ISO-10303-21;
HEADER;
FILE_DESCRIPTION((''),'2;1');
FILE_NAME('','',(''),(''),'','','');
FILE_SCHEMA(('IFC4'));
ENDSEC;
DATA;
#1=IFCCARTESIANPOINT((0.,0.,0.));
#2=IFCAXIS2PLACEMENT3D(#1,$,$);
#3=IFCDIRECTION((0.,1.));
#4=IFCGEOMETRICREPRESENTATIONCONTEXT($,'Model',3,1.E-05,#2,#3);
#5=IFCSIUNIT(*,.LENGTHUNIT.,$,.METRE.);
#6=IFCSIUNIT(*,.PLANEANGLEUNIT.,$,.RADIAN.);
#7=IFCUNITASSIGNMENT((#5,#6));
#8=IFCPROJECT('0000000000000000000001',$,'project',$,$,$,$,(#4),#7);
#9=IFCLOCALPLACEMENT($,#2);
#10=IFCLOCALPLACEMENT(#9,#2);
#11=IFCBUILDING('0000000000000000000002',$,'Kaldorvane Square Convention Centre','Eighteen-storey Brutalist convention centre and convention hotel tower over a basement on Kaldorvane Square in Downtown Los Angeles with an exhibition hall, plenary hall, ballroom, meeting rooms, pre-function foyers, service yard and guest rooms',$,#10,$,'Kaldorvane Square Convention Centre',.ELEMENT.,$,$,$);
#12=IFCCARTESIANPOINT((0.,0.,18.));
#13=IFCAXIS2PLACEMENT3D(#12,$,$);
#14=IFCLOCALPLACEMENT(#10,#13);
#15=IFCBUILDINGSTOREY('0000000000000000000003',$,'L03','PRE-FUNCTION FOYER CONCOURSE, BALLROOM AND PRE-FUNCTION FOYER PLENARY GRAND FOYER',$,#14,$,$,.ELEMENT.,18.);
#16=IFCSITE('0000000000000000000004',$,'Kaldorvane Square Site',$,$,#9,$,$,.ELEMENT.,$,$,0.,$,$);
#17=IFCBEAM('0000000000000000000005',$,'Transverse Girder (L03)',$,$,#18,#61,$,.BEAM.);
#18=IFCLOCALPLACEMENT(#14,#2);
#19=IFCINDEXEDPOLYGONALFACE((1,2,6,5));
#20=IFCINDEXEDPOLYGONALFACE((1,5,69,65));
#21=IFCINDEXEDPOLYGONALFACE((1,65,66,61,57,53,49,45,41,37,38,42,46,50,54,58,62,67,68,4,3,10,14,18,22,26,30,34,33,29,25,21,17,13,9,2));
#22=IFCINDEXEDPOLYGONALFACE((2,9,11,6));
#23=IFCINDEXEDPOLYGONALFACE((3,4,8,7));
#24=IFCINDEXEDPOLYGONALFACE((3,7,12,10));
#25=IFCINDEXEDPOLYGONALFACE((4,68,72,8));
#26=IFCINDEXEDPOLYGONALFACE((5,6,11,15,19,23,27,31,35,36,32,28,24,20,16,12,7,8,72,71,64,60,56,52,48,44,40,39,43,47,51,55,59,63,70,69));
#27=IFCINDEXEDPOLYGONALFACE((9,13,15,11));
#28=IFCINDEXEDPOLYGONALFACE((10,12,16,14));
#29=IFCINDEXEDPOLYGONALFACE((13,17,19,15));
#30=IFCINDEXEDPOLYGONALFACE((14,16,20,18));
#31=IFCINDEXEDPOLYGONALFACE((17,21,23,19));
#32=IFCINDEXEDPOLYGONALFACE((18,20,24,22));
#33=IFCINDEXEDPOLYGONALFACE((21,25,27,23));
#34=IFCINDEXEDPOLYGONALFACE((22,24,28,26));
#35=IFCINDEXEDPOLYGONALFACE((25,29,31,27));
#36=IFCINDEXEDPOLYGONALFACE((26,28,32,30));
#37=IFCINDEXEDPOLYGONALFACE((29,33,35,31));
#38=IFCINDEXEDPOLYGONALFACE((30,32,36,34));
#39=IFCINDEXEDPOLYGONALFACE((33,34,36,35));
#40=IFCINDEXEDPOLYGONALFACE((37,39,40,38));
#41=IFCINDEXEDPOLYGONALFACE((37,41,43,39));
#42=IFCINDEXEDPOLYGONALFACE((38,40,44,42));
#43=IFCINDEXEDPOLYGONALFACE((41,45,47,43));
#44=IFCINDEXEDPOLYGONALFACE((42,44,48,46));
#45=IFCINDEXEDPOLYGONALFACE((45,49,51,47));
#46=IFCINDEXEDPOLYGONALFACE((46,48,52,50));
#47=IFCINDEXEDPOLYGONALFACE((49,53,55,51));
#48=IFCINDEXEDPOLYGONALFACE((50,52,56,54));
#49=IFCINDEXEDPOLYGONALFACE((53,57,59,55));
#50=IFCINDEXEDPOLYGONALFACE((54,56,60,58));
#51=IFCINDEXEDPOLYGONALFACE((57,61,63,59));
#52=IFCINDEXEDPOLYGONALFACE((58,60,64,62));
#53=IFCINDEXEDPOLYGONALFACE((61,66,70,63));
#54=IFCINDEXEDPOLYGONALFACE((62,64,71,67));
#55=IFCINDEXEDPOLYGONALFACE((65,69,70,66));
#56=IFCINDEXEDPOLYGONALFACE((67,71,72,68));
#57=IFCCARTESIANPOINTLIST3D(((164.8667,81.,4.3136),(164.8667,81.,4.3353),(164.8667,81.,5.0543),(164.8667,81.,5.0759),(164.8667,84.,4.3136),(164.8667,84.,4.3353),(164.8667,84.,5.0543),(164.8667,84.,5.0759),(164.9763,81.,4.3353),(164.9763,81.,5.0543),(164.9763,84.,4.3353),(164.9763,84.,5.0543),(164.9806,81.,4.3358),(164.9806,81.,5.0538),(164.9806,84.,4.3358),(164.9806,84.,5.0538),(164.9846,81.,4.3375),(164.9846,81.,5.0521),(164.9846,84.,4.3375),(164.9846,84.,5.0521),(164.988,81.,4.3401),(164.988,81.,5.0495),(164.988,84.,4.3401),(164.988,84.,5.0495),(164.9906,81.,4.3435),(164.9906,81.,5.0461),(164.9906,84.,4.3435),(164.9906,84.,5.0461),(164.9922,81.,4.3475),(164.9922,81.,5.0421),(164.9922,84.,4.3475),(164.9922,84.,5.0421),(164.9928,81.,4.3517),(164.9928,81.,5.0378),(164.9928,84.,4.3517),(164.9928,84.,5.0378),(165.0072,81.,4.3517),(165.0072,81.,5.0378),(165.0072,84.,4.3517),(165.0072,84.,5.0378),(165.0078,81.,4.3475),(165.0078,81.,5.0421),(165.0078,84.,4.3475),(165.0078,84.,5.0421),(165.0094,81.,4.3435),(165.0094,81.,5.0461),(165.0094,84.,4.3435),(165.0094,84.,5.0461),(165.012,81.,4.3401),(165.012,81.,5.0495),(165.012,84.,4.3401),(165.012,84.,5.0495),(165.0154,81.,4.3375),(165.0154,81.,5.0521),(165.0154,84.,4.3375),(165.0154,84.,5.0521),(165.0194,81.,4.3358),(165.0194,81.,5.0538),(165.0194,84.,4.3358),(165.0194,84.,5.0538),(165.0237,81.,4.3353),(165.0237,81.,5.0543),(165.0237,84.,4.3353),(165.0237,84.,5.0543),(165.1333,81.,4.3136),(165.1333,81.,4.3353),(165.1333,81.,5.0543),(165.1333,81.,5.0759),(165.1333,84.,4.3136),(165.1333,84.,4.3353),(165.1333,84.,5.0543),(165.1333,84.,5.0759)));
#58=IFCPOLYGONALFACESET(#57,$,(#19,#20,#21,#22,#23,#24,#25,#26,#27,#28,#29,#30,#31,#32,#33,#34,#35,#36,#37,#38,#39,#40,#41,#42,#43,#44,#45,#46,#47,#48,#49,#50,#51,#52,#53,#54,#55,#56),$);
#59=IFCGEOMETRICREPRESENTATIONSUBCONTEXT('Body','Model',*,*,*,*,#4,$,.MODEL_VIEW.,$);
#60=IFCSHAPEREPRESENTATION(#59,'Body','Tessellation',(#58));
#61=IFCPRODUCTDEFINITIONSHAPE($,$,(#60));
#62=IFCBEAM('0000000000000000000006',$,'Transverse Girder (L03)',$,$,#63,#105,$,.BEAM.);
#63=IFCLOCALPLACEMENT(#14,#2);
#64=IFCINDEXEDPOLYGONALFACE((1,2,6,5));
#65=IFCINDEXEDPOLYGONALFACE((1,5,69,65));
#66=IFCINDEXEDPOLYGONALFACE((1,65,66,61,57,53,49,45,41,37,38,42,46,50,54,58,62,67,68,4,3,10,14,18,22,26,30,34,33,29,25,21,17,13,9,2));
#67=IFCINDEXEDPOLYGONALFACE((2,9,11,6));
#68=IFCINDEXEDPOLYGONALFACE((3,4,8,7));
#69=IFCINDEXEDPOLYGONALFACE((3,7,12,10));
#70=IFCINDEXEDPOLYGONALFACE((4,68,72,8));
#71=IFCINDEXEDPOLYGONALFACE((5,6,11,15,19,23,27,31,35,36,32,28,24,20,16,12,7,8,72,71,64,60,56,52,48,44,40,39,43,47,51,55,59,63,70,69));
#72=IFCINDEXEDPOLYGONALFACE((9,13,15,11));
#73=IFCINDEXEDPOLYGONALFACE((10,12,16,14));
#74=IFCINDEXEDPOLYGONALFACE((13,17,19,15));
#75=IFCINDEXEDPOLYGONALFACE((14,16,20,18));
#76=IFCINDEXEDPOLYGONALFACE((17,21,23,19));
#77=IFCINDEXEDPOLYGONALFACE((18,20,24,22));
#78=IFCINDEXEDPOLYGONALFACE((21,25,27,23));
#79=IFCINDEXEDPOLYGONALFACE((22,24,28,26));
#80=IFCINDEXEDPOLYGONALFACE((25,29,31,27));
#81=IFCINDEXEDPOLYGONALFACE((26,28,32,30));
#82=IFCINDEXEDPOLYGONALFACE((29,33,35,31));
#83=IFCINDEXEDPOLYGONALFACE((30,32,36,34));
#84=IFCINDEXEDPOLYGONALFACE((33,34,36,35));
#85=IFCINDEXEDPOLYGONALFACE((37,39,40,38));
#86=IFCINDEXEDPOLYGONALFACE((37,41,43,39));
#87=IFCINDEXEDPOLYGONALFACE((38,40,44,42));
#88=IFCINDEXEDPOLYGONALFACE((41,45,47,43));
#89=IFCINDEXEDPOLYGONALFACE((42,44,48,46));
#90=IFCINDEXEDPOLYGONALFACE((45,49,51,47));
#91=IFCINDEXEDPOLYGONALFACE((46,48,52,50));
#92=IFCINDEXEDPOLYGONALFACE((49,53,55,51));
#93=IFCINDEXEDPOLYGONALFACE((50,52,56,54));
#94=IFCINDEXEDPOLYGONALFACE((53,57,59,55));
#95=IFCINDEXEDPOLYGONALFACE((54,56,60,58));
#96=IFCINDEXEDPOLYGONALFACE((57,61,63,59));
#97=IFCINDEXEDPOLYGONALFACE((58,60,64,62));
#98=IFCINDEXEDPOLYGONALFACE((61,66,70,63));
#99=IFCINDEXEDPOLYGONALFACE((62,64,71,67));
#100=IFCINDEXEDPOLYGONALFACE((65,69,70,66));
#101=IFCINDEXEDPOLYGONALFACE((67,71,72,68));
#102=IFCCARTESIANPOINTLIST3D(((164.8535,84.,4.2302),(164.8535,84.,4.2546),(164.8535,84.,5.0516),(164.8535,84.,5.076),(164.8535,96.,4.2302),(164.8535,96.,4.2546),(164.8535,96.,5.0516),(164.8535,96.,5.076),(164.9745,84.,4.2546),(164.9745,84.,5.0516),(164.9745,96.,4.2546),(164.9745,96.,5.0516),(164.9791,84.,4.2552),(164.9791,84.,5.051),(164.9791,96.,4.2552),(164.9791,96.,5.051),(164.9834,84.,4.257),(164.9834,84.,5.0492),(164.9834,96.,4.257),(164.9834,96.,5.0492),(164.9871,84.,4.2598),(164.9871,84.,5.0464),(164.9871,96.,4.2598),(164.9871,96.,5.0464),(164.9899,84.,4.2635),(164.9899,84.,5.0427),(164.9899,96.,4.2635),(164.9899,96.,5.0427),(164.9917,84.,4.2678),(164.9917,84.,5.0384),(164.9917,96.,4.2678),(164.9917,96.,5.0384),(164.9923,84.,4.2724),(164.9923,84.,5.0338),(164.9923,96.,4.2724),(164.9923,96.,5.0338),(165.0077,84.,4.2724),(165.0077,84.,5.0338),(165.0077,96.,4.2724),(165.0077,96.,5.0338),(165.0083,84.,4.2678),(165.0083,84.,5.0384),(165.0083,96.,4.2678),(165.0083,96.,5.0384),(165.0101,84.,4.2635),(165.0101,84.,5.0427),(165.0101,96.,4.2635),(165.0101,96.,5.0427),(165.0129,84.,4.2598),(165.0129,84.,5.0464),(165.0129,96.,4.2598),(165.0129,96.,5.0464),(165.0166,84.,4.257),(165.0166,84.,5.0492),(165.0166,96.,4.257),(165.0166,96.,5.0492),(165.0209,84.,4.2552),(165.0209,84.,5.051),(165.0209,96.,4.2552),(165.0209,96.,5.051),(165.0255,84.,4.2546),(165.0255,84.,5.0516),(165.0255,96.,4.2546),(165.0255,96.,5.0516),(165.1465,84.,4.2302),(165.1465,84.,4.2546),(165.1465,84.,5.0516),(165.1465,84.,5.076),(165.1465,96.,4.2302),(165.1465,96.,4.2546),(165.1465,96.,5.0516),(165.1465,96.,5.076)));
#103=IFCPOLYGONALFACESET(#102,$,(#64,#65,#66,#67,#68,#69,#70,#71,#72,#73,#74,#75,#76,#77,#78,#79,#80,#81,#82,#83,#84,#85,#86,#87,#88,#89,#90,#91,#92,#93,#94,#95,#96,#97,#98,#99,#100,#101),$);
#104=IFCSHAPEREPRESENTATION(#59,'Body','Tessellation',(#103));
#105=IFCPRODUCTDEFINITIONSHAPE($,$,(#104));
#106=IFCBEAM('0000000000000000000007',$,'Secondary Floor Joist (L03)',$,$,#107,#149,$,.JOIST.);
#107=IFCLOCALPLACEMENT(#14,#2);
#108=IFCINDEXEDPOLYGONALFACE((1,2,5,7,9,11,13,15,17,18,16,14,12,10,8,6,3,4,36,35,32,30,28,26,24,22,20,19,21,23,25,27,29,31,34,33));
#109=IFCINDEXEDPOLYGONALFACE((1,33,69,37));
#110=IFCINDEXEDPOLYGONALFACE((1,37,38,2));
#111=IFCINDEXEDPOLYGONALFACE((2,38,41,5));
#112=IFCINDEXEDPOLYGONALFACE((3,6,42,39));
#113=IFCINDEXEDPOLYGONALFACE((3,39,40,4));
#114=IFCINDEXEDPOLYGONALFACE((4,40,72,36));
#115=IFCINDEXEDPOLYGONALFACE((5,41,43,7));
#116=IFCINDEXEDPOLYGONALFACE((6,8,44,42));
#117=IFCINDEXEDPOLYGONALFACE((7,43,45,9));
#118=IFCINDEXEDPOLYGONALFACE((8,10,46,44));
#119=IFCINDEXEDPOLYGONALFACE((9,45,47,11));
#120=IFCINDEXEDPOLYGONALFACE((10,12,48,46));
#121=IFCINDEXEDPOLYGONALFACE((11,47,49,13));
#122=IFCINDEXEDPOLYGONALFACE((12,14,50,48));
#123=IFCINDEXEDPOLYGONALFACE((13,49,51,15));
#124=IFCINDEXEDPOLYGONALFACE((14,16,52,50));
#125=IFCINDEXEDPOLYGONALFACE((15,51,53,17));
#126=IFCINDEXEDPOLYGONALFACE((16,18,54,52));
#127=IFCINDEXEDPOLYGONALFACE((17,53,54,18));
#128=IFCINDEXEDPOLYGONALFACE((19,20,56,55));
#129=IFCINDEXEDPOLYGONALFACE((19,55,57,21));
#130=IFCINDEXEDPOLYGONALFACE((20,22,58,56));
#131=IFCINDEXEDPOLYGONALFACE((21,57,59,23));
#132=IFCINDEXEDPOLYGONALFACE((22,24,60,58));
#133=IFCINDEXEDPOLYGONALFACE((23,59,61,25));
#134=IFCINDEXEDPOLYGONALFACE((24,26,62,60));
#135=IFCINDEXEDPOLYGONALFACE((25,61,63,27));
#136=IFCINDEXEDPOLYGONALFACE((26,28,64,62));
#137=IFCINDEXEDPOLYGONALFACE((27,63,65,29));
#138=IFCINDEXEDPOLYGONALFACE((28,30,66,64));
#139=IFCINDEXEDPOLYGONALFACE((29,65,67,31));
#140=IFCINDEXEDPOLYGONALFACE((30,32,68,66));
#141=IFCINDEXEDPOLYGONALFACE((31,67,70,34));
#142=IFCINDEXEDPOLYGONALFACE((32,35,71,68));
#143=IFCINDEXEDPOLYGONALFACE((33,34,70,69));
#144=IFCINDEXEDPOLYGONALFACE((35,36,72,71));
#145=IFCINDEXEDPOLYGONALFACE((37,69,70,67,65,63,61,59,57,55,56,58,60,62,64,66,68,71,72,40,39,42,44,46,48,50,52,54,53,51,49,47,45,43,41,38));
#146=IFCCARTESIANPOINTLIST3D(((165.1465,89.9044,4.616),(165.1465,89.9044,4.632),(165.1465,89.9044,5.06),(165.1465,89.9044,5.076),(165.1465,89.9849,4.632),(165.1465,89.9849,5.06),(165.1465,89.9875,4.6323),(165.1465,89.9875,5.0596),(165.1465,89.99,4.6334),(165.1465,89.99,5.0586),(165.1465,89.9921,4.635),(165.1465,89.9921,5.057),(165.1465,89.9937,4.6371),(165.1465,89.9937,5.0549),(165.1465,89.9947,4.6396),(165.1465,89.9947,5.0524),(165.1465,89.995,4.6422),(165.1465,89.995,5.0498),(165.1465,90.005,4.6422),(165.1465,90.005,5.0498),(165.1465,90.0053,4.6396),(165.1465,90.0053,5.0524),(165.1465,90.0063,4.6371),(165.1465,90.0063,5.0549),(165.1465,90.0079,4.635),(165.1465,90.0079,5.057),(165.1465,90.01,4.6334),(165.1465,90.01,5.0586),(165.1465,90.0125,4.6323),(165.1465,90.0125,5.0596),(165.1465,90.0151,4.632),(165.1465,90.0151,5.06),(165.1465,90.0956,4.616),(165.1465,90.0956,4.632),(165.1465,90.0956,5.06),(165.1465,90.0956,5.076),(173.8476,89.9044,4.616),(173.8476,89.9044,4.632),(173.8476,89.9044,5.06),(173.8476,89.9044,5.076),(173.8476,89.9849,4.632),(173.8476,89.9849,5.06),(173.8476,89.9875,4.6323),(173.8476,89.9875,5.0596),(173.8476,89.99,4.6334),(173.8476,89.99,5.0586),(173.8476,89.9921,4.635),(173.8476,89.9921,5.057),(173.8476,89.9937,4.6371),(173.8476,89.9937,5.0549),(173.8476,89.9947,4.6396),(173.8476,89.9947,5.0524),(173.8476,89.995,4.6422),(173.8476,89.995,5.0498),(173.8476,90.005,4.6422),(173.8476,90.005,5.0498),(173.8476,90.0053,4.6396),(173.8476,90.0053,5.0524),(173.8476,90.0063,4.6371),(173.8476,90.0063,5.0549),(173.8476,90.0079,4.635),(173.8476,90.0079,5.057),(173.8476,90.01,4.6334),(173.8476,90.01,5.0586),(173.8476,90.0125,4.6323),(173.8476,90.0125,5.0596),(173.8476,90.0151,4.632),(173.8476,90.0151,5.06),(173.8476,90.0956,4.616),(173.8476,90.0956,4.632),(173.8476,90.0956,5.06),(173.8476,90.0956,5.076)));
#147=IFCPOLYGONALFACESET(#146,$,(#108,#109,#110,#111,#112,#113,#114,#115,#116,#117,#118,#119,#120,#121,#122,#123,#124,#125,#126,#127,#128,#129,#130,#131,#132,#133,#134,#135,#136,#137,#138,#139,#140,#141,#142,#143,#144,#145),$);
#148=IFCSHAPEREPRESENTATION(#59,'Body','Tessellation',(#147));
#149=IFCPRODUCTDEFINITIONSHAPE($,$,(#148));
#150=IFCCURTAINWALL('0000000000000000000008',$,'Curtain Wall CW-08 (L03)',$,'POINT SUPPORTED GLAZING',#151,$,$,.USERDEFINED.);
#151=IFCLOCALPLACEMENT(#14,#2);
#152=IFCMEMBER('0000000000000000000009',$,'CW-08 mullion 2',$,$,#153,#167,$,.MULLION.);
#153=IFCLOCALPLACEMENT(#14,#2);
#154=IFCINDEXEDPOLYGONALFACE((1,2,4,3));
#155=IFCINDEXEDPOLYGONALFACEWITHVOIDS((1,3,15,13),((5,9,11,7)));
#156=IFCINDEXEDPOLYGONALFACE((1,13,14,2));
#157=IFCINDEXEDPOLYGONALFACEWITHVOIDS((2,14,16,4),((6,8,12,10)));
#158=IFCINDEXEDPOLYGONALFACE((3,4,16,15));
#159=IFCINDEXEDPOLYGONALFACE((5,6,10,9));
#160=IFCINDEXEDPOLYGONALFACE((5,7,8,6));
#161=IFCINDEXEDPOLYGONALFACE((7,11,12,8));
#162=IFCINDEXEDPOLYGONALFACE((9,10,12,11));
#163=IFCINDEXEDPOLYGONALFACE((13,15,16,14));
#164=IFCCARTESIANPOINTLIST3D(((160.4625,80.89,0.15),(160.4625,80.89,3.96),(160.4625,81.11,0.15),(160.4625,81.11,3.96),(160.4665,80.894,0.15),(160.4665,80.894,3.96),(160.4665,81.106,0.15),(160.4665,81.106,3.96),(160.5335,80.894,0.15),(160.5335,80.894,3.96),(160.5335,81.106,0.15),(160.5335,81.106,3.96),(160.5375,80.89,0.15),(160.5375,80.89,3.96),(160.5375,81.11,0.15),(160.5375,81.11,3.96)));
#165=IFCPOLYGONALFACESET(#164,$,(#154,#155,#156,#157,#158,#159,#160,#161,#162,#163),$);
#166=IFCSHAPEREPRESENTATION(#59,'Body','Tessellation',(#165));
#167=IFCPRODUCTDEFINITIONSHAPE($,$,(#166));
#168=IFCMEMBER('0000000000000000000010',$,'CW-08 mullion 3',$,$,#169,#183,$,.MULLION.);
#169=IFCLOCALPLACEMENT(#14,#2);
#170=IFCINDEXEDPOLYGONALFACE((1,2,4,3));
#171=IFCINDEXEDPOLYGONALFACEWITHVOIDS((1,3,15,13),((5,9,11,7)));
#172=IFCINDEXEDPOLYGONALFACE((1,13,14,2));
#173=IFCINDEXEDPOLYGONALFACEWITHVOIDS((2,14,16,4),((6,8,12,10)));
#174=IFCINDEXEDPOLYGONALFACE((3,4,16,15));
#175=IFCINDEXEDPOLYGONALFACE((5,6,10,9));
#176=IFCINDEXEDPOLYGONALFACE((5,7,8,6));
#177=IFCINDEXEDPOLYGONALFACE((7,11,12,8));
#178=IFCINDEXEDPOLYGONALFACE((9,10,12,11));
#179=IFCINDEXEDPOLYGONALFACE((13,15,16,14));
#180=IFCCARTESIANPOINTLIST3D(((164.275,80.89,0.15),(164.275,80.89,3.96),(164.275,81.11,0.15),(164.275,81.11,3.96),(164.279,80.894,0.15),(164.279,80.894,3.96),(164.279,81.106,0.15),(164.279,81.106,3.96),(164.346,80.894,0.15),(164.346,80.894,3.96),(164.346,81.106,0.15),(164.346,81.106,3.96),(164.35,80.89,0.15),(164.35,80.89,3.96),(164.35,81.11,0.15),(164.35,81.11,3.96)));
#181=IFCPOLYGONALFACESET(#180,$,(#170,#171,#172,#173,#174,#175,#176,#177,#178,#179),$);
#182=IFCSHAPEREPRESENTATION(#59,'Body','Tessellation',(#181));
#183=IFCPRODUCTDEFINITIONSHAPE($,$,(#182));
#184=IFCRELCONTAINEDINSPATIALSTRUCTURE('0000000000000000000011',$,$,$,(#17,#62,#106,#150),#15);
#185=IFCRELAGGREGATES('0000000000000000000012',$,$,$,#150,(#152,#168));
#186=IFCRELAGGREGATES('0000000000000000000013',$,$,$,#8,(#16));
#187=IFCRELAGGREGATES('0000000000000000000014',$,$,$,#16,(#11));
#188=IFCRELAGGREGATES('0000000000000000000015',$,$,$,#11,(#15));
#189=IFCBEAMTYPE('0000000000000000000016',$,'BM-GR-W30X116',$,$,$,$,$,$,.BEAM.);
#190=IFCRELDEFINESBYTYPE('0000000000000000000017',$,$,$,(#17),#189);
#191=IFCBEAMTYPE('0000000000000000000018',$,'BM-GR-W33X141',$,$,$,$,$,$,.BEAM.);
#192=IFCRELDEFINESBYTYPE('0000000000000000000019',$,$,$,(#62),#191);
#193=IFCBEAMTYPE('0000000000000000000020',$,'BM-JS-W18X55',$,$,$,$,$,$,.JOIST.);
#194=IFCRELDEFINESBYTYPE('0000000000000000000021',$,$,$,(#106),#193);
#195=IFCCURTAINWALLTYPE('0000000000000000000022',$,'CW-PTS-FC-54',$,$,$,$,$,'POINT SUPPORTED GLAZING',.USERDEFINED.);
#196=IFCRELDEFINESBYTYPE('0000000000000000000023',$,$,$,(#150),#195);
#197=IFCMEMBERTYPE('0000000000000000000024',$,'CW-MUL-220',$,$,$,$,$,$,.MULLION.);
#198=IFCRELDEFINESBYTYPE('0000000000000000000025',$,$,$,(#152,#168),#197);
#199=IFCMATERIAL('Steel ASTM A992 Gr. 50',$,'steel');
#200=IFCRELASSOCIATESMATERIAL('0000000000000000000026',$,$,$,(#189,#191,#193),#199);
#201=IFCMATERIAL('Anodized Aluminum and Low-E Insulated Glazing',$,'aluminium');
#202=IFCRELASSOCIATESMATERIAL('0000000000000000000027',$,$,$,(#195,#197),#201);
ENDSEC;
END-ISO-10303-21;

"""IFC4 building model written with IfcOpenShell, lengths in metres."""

from ifc_helpers import new_model, si_unit, direction, frame, origin, origin_2d, place, context, subcontext, project, spatial, hollow_rectangle, i_section, extrude, material, material_profile, profile_set, type_object, element, aggregate, save


model = new_model("IFC4")

# Units and contexts
model_context = context("Model", 3, precision=1e-05, world=origin(), true_north=direction((0.0, 1.0)))
body_context = subcontext(model_context, "Body", "Model", "MODEL_VIEW")
ifc_project = project(units=[si_unit("LENGTHUNIT", "METRE"), si_unit("PLANEANGLEUNIT", "RADIAN")], contexts=[model_context])

# Site, building, storey
site_placement = place(None, origin())
site = spatial("IfcSite", under=ifc_project, at=site_placement, Name="Kaldorvane Square Site", CompositionType="ELEMENT", RefElevation=0.0)
building_placement = place(site_placement, origin())
building = spatial("IfcBuilding", under=site, at=building_placement, Name="Kaldorvane Square Convention Centre", Description="Eighteen-storey Brutalist convention centre and convention hotel tower over a basement on Kaldorvane Square in Downtown Los Angeles with an exhibition hall, plenary hall, ballroom, meeting rooms, pre-function foyers, service yard and guest rooms", LongName="Kaldorvane Square Convention Centre", CompositionType="ELEMENT")
storey_placement = place(building_placement, frame((0.0, 0.0, 18.0)))
storey = spatial("IfcBuildingStorey", under=building, at=storey_placement, Name="L03", Description="PRE-FUNCTION FOYER CONCOURSE, BALLROOM AND PRE-FUNCTION FOYER PLENARY GRAND FOYER", CompositionType="ELEMENT", Elevation=18.0)

# Shared definitions
ifc_material_1 = material(Name="Steel ASTM A992 Gr. 50", Category="steel")

# Beams
ifc_material_profile_1 = material_profile(ifc_material_1, i_section(OverallWidth=0.2666, OverallDepth=0.7623, WebThickness=0.0144, FlangeThickness=0.0216, FilletRadius=0.0165, at=origin_2d()), Name="W30X116")
ifc_profile_set_1 = profile_set([ifc_material_profile_1], Name="Steel ASTM A992 Gr. 50")
beam_type_1 = type_object("IfcBeamType", Name="BM-GR-W30X116", PredefinedType="BEAM", material=ifc_profile_set_1)
beam_1_placement = place(storey_placement, frame((165.0, 81.0, 4.6948), z_axis=(0.0, 1.0, 0.0), x_axis=(-1.0, 0.0, 0.0)))
element("IfcBeam", 1, at=beam_1_placement, inside=storey, type_object=beam_type_1, Name="Transverse Girder (L03)", PredefinedType="BEAM", context=body_context, shape_type="SweptSolid", body=[
    extrude(i_section(OverallWidth=0.2666, OverallDepth=0.7623, WebThickness=0.0144, FlangeThickness=0.0216, FilletRadius=0.0165, at=origin_2d()), origin(), (0.0, 0.0, 1.0), 3.0),
])
ifc_material_profile_2 = material_profile(ifc_material_1, i_section(OverallWidth=0.293, OverallDepth=0.8458, WebThickness=0.0154, FlangeThickness=0.0244, FilletRadius=0.0178, at=origin_2d()), Name="W33X141")
ifc_profile_set_2 = profile_set([ifc_material_profile_2], Name="Steel ASTM A992 Gr. 50")
beam_type_2 = type_object("IfcBeamType", Name="BM-GR-W33X141", PredefinedType="BEAM", material=ifc_profile_set_2)
beam_2_placement = place(storey_placement, frame((165.0, 84.0, 4.6531), z_axis=(0.0, 1.0, 0.0), x_axis=(-1.0, 0.0, 0.0)))
element("IfcBeam", 2, at=beam_2_placement, inside=storey, type_object=beam_type_2, Name="Transverse Girder (L03)", PredefinedType="BEAM", context=body_context, shape_type="SweptSolid", body=[
    extrude(i_section(OverallWidth=0.293, OverallDepth=0.8458, WebThickness=0.0154, FlangeThickness=0.0244, FilletRadius=0.0178, at=origin_2d()), origin(), (0.0, 0.0, 1.0), 12.0),
])
ifc_material_profile_3 = material_profile(ifc_material_1, i_section(OverallWidth=0.1913, OverallDepth=0.46, WebThickness=0.0099, FlangeThickness=0.016, FilletRadius=0.0102, at=origin_2d()), Name="W18X55")
ifc_profile_set_3 = profile_set([ifc_material_profile_3], Name="Steel ASTM A992 Gr. 50")
beam_type_3 = type_object("IfcBeamType", Name="BM-JS-W18X55", PredefinedType="JOIST", material=ifc_profile_set_3)
beam_3_placement = place(storey_placement, frame((165.1465, 90.0, 4.846), z_axis=(1.0, 0.0, 0.0), x_axis=(0.0, 1.0, 0.0)))
element("IfcBeam", 3, at=beam_3_placement, inside=storey, type_object=beam_type_3, Name="Secondary Floor Joist (L03)", PredefinedType="JOIST", context=body_context, shape_type="SweptSolid", body=[
    extrude(i_section(OverallWidth=0.1913, OverallDepth=0.46, WebThickness=0.0099, FlangeThickness=0.016, FilletRadius=0.0102, at=origin_2d()), origin(), (0.0, 0.0, 1.0), 8.7011),
])

# Curtain wall, members
ifc_material_2 = material(Name="Anodized Aluminum and Low-E Insulated Glazing", Category="aluminium")
curtain_wall_type = type_object("IfcCurtainWallType", Name="CW-PTS-FC-54", ElementType="POINT SUPPORTED GLAZING", PredefinedType="USERDEFINED", material=ifc_material_2)
curtain_wall_1_placement = place(storey_placement, origin())
curtain_wall_1 = element("IfcCurtainWall", 4, at=curtain_wall_1_placement, inside=storey, type_object=curtain_wall_type, Name="Curtain Wall CW-08 (L03)", ObjectType="POINT SUPPORTED GLAZING", PredefinedType="USERDEFINED")
ifc_material_profile_4 = material_profile(ifc_material_2, hollow_rectangle(XDim=0.075, YDim=0.22, WallThickness=0.004, at=origin_2d()), Name="CWM-220X75")
ifc_profile_set_4 = profile_set([ifc_material_profile_4], Name="Anodized Aluminum and Low-E Insulated Glazing")
member_type_1 = type_object("IfcMemberType", Name="CW-MUL-220", PredefinedType="MULLION", material=ifc_profile_set_4)
member_1_placement = place(storey_placement, frame((160.5, 81.0, 0.15), z_axis=(0.0, 0.0, 1.0), x_axis=(1.0, 0.0, 0.0)))
member_1 = element("IfcMember", 5, at=member_1_placement, type_object=member_type_1, Name="CW-08 mullion 2", PredefinedType="MULLION", context=body_context, shape_type="SweptSolid", body=[
    extrude(hollow_rectangle(XDim=0.075, YDim=0.22, WallThickness=0.004, at=origin_2d()), origin(), (0.0, 0.0, 1.0), 3.81),
])
member_2_placement = place(storey_placement, frame((164.3125, 81.0, 0.15), z_axis=(0.0, 0.0, 1.0), x_axis=(1.0, 0.0, 0.0)))
member_2 = element("IfcMember", 6, at=member_2_placement, type_object=member_type_1, Name="CW-08 mullion 3", PredefinedType="MULLION", context=body_context, shape_type="SweptSolid", body=[
    extrude(hollow_rectangle(XDim=0.075, YDim=0.22, WallThickness=0.004, at=origin_2d()), origin(), (0.0, 0.0, 1.0), 3.81),
])

aggregate(curtain_wall_1, [member_1, member_2])

save(model, "model.ifc")
